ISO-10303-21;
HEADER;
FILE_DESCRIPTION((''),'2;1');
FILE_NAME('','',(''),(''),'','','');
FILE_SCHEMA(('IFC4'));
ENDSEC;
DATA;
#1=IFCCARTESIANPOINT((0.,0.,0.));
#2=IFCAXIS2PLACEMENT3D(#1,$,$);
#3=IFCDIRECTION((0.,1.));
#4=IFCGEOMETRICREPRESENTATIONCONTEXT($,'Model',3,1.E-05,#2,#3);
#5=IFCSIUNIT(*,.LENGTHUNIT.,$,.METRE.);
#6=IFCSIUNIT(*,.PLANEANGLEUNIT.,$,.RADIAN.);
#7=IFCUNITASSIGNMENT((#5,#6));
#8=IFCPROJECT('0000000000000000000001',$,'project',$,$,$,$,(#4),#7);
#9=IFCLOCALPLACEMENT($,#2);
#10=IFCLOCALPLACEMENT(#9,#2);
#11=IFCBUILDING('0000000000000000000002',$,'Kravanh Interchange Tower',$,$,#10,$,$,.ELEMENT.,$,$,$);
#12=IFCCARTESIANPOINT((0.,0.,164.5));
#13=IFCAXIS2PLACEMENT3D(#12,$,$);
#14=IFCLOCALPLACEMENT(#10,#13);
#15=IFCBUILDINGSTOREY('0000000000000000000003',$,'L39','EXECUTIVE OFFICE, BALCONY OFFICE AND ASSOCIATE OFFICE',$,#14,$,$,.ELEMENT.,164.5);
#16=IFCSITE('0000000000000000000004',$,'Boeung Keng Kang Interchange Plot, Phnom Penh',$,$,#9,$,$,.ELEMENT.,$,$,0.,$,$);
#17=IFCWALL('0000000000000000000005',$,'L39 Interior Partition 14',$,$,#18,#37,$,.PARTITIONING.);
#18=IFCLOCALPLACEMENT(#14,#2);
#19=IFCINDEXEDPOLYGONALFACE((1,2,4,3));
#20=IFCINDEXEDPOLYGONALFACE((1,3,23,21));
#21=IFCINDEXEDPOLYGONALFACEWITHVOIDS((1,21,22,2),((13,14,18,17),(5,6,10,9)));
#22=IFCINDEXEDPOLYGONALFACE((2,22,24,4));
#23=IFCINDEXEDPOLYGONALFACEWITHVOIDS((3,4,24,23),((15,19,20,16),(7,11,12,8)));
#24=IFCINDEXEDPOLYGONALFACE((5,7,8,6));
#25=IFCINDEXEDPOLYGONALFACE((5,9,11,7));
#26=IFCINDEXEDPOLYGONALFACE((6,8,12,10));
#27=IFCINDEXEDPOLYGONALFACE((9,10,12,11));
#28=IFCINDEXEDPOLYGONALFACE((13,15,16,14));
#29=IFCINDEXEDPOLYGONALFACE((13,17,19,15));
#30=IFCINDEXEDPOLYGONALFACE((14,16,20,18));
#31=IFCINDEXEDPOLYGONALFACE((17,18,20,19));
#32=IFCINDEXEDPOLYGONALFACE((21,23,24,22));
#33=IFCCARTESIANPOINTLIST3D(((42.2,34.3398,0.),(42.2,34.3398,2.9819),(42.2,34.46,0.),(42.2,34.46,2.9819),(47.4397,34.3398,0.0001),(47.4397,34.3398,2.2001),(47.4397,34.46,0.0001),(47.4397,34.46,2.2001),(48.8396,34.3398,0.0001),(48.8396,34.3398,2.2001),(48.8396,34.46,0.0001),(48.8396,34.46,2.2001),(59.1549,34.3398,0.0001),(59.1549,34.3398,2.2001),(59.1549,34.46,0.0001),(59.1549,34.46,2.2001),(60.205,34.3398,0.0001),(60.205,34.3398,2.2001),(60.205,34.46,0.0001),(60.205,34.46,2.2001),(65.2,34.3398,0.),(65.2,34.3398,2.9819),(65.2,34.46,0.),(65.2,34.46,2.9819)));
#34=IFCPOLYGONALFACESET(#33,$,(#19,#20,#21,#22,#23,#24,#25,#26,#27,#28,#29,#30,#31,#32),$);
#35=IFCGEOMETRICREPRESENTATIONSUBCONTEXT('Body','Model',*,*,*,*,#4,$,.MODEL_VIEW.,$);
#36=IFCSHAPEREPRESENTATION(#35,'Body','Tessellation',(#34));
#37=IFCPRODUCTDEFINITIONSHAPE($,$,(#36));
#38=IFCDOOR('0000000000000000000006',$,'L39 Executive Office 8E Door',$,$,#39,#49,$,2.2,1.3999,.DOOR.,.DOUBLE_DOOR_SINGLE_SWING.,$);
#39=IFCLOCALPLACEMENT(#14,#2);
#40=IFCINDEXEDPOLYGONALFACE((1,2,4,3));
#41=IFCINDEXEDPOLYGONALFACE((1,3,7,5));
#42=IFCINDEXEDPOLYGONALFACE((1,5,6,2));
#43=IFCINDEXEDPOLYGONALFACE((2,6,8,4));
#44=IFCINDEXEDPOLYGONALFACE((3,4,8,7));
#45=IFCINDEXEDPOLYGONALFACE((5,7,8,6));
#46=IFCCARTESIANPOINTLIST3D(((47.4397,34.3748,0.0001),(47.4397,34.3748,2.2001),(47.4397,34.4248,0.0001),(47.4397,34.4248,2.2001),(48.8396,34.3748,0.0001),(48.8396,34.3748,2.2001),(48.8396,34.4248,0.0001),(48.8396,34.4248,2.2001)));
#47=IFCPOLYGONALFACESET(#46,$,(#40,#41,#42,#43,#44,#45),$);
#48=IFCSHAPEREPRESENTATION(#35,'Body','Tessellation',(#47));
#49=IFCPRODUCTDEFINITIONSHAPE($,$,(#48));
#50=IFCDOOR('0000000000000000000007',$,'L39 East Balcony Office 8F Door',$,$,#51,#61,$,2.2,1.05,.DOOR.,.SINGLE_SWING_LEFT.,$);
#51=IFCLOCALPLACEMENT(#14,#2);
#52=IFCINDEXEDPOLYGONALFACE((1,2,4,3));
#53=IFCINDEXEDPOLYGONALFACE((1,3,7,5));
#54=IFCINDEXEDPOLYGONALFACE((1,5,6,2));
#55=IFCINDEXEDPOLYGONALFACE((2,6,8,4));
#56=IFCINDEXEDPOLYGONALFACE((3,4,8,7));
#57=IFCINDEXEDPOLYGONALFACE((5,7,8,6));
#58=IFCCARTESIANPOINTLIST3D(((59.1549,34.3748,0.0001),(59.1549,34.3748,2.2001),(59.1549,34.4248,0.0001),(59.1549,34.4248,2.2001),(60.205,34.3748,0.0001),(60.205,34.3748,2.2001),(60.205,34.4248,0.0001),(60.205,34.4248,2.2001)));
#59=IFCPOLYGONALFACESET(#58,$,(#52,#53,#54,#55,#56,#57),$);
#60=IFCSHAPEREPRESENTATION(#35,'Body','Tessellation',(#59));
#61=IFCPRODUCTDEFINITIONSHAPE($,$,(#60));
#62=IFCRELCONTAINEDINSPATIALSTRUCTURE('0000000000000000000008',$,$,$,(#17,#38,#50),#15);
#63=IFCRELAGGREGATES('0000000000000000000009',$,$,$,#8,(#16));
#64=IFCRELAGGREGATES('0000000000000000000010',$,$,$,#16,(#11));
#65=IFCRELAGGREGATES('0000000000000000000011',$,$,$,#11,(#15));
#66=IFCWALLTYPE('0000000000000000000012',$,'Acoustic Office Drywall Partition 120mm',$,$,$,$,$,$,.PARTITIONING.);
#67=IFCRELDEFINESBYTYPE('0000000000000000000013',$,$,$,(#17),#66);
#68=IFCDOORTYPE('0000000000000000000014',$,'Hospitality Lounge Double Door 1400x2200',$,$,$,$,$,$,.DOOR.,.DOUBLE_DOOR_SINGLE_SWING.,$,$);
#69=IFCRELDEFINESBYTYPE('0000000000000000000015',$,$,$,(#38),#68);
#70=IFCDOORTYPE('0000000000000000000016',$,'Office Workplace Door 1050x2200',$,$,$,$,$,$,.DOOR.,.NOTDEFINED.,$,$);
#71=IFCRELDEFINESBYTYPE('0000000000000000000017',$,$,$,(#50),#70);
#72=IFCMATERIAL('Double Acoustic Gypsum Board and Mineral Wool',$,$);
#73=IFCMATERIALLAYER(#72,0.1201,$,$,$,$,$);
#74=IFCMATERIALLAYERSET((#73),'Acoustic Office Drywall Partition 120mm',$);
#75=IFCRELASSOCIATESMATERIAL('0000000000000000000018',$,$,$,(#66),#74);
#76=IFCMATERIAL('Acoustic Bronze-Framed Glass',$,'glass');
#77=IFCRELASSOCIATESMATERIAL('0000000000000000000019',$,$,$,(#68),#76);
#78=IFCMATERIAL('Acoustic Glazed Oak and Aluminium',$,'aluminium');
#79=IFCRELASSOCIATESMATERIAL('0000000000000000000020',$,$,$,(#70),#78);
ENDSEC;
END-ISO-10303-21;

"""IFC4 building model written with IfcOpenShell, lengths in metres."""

from ifc_helpers import new_model, si_unit, direction, frame, frame_2d, origin, place, context, subcontext, project, spatial, rectangle, extrude, material, layer, layer_set, type_object, element, fill, save


model = new_model("IFC4")

# Units and contexts
model_context = context("Model", 3, precision=1e-05, world=origin(), true_north=direction((0.0, 1.0)))
body_context = subcontext(model_context, "Body", "Model", "MODEL_VIEW")
ifc_project = project(units=[si_unit("LENGTHUNIT", "METRE"), si_unit("PLANEANGLEUNIT", "RADIAN")], contexts=[model_context])

# Site, building, storey
site_placement = place(None, origin())
site = spatial("IfcSite", under=ifc_project, at=site_placement, Name="Boeung Keng Kang Interchange Plot, Phnom Penh", CompositionType="ELEMENT", RefElevation=0.0)
building_placement = place(site_placement, origin())
building = spatial("IfcBuilding", under=site, at=building_placement, Name="Kravanh Interchange Tower", CompositionType="ELEMENT")
storey_placement = place(building_placement, frame((0.0, 0.0, 164.5)))
storey = spatial("IfcBuildingStorey", under=building, at=storey_placement, Name="L39", Description="EXECUTIVE OFFICE, BALCONY OFFICE AND ASSOCIATE OFFICE", CompositionType="ELEMENT", Elevation=164.5)

# Wall, openings, doors
ifc_material_1 = material(Name="Double Acoustic Gypsum Board and Mineral Wool")
ifc_layer_1 = layer(ifc_material_1, 0.1201)
ifc_layer_set_1 = layer_set([ifc_layer_1], Name="Acoustic Office Drywall Partition 120mm")
wall_type = type_object("IfcWallType", Name="Acoustic Office Drywall Partition 120mm", PredefinedType="PARTITIONING", material=ifc_layer_set_1)
wall_placement = place(storey_placement, frame((42.2, 34.3999, 0.0), z_axis=(0.0, 0.0, 1.0), x_axis=(1.0, 0.0, 0.0)))
wall = element("IfcWall", 1, at=wall_placement, inside=storey, type_object=wall_type, Name="L39 Interior Partition 14", PredefinedType="PARTITIONING", context=body_context, shape_type="SweptSolid", body=[
    extrude(rectangle(XDim=23.0, YDim=0.1201, at=frame_2d((11.5, 0.0))), origin(), (0.0, 0.0, 1.0), 2.9819),
])
opening_1_placement = place(wall_placement, frame((5.2397, 0.0, 0.0)))
opening_1 = element("IfcOpeningElement", 2, at=opening_1_placement, cuts=wall, PredefinedType="OPENING", context=body_context, shape_type="SweptSolid", body=[
    extrude(rectangle(XDim=1.3999, YDim=2.2, at=frame_2d((0.7, 1.1001))), frame((0.0, 0.0701, 0.0), z_axis=(0.0, -1.0, 0.0), x_axis=(1.0, 0.0, 0.0)), (0.0, 0.0, 1.0), 0.1401),
])
opening_2_placement = place(wall_placement, frame((16.9551, 0.0, 0.0)))
opening_2 = element("IfcOpeningElement", 3, at=opening_2_placement, cuts=wall, PredefinedType="OPENING", context=body_context, shape_type="SweptSolid", body=[
    extrude(rectangle(XDim=1.05, YDim=2.2, at=frame_2d((0.5249, 1.1001))), frame((0.0, 0.0701, 0.0), z_axis=(0.0, -1.0, 0.0), x_axis=(1.0, 0.0, 0.0)), (0.0, 0.0, 1.0), 0.1401),
])
ifc_material_2 = material(Name="Acoustic Bronze-Framed Glass", Category="glass")
door_type_1 = type_object("IfcDoorType", Name="Hospitality Lounge Double Door 1400x2200", OperationType="DOUBLE_DOOR_SINGLE_SWING", PredefinedType="DOOR", material=ifc_material_2)
door_1_placement = place(opening_1_placement, origin())
door_1 = element("IfcDoor", 4, at=door_1_placement, inside=storey, type_object=door_type_1, Name="L39 Executive Office 8E Door", OperationType="DOUBLE_DOOR_SINGLE_SWING", OverallHeight=2.2, OverallWidth=1.3999, PredefinedType="DOOR", context=body_context, shape_type="SweptSolid", body=[
    extrude(rectangle(XDim=1.3999, YDim=2.2, at=frame_2d((0.7, 1.1001))), frame((0.0, 0.0249, 0.0), z_axis=(0.0, -1.0, 0.0), x_axis=(1.0, 0.0, 0.0)), (0.0, 0.0, 1.0), 0.05),
])
fill(opening_1, door_1)
ifc_material_3 = material(Name="Acoustic Glazed Oak and Aluminium", Category="aluminium")
door_type_2 = type_object("IfcDoorType", Name="Office Workplace Door 1050x2200", OperationType="NOTDEFINED", PredefinedType="DOOR", material=ifc_material_3)
door_2_placement = place(opening_2_placement, origin())
door_2 = element("IfcDoor", 5, at=door_2_placement, inside=storey, type_object=door_type_2, Name="L39 East Balcony Office 8F Door", OperationType="SINGLE_SWING_LEFT", OverallHeight=2.2, OverallWidth=1.05, PredefinedType="DOOR", context=body_context, shape_type="SweptSolid", body=[
    extrude(rectangle(XDim=1.05, YDim=2.2, at=frame_2d((0.5249, 1.1001))), frame((0.0, 0.0249, 0.0), z_axis=(0.0, -1.0, 0.0), x_axis=(1.0, 0.0, 0.0)), (0.0, 0.0, 1.0), 0.05),
])
fill(opening_2, door_2)

save(model, "model.ifc")
